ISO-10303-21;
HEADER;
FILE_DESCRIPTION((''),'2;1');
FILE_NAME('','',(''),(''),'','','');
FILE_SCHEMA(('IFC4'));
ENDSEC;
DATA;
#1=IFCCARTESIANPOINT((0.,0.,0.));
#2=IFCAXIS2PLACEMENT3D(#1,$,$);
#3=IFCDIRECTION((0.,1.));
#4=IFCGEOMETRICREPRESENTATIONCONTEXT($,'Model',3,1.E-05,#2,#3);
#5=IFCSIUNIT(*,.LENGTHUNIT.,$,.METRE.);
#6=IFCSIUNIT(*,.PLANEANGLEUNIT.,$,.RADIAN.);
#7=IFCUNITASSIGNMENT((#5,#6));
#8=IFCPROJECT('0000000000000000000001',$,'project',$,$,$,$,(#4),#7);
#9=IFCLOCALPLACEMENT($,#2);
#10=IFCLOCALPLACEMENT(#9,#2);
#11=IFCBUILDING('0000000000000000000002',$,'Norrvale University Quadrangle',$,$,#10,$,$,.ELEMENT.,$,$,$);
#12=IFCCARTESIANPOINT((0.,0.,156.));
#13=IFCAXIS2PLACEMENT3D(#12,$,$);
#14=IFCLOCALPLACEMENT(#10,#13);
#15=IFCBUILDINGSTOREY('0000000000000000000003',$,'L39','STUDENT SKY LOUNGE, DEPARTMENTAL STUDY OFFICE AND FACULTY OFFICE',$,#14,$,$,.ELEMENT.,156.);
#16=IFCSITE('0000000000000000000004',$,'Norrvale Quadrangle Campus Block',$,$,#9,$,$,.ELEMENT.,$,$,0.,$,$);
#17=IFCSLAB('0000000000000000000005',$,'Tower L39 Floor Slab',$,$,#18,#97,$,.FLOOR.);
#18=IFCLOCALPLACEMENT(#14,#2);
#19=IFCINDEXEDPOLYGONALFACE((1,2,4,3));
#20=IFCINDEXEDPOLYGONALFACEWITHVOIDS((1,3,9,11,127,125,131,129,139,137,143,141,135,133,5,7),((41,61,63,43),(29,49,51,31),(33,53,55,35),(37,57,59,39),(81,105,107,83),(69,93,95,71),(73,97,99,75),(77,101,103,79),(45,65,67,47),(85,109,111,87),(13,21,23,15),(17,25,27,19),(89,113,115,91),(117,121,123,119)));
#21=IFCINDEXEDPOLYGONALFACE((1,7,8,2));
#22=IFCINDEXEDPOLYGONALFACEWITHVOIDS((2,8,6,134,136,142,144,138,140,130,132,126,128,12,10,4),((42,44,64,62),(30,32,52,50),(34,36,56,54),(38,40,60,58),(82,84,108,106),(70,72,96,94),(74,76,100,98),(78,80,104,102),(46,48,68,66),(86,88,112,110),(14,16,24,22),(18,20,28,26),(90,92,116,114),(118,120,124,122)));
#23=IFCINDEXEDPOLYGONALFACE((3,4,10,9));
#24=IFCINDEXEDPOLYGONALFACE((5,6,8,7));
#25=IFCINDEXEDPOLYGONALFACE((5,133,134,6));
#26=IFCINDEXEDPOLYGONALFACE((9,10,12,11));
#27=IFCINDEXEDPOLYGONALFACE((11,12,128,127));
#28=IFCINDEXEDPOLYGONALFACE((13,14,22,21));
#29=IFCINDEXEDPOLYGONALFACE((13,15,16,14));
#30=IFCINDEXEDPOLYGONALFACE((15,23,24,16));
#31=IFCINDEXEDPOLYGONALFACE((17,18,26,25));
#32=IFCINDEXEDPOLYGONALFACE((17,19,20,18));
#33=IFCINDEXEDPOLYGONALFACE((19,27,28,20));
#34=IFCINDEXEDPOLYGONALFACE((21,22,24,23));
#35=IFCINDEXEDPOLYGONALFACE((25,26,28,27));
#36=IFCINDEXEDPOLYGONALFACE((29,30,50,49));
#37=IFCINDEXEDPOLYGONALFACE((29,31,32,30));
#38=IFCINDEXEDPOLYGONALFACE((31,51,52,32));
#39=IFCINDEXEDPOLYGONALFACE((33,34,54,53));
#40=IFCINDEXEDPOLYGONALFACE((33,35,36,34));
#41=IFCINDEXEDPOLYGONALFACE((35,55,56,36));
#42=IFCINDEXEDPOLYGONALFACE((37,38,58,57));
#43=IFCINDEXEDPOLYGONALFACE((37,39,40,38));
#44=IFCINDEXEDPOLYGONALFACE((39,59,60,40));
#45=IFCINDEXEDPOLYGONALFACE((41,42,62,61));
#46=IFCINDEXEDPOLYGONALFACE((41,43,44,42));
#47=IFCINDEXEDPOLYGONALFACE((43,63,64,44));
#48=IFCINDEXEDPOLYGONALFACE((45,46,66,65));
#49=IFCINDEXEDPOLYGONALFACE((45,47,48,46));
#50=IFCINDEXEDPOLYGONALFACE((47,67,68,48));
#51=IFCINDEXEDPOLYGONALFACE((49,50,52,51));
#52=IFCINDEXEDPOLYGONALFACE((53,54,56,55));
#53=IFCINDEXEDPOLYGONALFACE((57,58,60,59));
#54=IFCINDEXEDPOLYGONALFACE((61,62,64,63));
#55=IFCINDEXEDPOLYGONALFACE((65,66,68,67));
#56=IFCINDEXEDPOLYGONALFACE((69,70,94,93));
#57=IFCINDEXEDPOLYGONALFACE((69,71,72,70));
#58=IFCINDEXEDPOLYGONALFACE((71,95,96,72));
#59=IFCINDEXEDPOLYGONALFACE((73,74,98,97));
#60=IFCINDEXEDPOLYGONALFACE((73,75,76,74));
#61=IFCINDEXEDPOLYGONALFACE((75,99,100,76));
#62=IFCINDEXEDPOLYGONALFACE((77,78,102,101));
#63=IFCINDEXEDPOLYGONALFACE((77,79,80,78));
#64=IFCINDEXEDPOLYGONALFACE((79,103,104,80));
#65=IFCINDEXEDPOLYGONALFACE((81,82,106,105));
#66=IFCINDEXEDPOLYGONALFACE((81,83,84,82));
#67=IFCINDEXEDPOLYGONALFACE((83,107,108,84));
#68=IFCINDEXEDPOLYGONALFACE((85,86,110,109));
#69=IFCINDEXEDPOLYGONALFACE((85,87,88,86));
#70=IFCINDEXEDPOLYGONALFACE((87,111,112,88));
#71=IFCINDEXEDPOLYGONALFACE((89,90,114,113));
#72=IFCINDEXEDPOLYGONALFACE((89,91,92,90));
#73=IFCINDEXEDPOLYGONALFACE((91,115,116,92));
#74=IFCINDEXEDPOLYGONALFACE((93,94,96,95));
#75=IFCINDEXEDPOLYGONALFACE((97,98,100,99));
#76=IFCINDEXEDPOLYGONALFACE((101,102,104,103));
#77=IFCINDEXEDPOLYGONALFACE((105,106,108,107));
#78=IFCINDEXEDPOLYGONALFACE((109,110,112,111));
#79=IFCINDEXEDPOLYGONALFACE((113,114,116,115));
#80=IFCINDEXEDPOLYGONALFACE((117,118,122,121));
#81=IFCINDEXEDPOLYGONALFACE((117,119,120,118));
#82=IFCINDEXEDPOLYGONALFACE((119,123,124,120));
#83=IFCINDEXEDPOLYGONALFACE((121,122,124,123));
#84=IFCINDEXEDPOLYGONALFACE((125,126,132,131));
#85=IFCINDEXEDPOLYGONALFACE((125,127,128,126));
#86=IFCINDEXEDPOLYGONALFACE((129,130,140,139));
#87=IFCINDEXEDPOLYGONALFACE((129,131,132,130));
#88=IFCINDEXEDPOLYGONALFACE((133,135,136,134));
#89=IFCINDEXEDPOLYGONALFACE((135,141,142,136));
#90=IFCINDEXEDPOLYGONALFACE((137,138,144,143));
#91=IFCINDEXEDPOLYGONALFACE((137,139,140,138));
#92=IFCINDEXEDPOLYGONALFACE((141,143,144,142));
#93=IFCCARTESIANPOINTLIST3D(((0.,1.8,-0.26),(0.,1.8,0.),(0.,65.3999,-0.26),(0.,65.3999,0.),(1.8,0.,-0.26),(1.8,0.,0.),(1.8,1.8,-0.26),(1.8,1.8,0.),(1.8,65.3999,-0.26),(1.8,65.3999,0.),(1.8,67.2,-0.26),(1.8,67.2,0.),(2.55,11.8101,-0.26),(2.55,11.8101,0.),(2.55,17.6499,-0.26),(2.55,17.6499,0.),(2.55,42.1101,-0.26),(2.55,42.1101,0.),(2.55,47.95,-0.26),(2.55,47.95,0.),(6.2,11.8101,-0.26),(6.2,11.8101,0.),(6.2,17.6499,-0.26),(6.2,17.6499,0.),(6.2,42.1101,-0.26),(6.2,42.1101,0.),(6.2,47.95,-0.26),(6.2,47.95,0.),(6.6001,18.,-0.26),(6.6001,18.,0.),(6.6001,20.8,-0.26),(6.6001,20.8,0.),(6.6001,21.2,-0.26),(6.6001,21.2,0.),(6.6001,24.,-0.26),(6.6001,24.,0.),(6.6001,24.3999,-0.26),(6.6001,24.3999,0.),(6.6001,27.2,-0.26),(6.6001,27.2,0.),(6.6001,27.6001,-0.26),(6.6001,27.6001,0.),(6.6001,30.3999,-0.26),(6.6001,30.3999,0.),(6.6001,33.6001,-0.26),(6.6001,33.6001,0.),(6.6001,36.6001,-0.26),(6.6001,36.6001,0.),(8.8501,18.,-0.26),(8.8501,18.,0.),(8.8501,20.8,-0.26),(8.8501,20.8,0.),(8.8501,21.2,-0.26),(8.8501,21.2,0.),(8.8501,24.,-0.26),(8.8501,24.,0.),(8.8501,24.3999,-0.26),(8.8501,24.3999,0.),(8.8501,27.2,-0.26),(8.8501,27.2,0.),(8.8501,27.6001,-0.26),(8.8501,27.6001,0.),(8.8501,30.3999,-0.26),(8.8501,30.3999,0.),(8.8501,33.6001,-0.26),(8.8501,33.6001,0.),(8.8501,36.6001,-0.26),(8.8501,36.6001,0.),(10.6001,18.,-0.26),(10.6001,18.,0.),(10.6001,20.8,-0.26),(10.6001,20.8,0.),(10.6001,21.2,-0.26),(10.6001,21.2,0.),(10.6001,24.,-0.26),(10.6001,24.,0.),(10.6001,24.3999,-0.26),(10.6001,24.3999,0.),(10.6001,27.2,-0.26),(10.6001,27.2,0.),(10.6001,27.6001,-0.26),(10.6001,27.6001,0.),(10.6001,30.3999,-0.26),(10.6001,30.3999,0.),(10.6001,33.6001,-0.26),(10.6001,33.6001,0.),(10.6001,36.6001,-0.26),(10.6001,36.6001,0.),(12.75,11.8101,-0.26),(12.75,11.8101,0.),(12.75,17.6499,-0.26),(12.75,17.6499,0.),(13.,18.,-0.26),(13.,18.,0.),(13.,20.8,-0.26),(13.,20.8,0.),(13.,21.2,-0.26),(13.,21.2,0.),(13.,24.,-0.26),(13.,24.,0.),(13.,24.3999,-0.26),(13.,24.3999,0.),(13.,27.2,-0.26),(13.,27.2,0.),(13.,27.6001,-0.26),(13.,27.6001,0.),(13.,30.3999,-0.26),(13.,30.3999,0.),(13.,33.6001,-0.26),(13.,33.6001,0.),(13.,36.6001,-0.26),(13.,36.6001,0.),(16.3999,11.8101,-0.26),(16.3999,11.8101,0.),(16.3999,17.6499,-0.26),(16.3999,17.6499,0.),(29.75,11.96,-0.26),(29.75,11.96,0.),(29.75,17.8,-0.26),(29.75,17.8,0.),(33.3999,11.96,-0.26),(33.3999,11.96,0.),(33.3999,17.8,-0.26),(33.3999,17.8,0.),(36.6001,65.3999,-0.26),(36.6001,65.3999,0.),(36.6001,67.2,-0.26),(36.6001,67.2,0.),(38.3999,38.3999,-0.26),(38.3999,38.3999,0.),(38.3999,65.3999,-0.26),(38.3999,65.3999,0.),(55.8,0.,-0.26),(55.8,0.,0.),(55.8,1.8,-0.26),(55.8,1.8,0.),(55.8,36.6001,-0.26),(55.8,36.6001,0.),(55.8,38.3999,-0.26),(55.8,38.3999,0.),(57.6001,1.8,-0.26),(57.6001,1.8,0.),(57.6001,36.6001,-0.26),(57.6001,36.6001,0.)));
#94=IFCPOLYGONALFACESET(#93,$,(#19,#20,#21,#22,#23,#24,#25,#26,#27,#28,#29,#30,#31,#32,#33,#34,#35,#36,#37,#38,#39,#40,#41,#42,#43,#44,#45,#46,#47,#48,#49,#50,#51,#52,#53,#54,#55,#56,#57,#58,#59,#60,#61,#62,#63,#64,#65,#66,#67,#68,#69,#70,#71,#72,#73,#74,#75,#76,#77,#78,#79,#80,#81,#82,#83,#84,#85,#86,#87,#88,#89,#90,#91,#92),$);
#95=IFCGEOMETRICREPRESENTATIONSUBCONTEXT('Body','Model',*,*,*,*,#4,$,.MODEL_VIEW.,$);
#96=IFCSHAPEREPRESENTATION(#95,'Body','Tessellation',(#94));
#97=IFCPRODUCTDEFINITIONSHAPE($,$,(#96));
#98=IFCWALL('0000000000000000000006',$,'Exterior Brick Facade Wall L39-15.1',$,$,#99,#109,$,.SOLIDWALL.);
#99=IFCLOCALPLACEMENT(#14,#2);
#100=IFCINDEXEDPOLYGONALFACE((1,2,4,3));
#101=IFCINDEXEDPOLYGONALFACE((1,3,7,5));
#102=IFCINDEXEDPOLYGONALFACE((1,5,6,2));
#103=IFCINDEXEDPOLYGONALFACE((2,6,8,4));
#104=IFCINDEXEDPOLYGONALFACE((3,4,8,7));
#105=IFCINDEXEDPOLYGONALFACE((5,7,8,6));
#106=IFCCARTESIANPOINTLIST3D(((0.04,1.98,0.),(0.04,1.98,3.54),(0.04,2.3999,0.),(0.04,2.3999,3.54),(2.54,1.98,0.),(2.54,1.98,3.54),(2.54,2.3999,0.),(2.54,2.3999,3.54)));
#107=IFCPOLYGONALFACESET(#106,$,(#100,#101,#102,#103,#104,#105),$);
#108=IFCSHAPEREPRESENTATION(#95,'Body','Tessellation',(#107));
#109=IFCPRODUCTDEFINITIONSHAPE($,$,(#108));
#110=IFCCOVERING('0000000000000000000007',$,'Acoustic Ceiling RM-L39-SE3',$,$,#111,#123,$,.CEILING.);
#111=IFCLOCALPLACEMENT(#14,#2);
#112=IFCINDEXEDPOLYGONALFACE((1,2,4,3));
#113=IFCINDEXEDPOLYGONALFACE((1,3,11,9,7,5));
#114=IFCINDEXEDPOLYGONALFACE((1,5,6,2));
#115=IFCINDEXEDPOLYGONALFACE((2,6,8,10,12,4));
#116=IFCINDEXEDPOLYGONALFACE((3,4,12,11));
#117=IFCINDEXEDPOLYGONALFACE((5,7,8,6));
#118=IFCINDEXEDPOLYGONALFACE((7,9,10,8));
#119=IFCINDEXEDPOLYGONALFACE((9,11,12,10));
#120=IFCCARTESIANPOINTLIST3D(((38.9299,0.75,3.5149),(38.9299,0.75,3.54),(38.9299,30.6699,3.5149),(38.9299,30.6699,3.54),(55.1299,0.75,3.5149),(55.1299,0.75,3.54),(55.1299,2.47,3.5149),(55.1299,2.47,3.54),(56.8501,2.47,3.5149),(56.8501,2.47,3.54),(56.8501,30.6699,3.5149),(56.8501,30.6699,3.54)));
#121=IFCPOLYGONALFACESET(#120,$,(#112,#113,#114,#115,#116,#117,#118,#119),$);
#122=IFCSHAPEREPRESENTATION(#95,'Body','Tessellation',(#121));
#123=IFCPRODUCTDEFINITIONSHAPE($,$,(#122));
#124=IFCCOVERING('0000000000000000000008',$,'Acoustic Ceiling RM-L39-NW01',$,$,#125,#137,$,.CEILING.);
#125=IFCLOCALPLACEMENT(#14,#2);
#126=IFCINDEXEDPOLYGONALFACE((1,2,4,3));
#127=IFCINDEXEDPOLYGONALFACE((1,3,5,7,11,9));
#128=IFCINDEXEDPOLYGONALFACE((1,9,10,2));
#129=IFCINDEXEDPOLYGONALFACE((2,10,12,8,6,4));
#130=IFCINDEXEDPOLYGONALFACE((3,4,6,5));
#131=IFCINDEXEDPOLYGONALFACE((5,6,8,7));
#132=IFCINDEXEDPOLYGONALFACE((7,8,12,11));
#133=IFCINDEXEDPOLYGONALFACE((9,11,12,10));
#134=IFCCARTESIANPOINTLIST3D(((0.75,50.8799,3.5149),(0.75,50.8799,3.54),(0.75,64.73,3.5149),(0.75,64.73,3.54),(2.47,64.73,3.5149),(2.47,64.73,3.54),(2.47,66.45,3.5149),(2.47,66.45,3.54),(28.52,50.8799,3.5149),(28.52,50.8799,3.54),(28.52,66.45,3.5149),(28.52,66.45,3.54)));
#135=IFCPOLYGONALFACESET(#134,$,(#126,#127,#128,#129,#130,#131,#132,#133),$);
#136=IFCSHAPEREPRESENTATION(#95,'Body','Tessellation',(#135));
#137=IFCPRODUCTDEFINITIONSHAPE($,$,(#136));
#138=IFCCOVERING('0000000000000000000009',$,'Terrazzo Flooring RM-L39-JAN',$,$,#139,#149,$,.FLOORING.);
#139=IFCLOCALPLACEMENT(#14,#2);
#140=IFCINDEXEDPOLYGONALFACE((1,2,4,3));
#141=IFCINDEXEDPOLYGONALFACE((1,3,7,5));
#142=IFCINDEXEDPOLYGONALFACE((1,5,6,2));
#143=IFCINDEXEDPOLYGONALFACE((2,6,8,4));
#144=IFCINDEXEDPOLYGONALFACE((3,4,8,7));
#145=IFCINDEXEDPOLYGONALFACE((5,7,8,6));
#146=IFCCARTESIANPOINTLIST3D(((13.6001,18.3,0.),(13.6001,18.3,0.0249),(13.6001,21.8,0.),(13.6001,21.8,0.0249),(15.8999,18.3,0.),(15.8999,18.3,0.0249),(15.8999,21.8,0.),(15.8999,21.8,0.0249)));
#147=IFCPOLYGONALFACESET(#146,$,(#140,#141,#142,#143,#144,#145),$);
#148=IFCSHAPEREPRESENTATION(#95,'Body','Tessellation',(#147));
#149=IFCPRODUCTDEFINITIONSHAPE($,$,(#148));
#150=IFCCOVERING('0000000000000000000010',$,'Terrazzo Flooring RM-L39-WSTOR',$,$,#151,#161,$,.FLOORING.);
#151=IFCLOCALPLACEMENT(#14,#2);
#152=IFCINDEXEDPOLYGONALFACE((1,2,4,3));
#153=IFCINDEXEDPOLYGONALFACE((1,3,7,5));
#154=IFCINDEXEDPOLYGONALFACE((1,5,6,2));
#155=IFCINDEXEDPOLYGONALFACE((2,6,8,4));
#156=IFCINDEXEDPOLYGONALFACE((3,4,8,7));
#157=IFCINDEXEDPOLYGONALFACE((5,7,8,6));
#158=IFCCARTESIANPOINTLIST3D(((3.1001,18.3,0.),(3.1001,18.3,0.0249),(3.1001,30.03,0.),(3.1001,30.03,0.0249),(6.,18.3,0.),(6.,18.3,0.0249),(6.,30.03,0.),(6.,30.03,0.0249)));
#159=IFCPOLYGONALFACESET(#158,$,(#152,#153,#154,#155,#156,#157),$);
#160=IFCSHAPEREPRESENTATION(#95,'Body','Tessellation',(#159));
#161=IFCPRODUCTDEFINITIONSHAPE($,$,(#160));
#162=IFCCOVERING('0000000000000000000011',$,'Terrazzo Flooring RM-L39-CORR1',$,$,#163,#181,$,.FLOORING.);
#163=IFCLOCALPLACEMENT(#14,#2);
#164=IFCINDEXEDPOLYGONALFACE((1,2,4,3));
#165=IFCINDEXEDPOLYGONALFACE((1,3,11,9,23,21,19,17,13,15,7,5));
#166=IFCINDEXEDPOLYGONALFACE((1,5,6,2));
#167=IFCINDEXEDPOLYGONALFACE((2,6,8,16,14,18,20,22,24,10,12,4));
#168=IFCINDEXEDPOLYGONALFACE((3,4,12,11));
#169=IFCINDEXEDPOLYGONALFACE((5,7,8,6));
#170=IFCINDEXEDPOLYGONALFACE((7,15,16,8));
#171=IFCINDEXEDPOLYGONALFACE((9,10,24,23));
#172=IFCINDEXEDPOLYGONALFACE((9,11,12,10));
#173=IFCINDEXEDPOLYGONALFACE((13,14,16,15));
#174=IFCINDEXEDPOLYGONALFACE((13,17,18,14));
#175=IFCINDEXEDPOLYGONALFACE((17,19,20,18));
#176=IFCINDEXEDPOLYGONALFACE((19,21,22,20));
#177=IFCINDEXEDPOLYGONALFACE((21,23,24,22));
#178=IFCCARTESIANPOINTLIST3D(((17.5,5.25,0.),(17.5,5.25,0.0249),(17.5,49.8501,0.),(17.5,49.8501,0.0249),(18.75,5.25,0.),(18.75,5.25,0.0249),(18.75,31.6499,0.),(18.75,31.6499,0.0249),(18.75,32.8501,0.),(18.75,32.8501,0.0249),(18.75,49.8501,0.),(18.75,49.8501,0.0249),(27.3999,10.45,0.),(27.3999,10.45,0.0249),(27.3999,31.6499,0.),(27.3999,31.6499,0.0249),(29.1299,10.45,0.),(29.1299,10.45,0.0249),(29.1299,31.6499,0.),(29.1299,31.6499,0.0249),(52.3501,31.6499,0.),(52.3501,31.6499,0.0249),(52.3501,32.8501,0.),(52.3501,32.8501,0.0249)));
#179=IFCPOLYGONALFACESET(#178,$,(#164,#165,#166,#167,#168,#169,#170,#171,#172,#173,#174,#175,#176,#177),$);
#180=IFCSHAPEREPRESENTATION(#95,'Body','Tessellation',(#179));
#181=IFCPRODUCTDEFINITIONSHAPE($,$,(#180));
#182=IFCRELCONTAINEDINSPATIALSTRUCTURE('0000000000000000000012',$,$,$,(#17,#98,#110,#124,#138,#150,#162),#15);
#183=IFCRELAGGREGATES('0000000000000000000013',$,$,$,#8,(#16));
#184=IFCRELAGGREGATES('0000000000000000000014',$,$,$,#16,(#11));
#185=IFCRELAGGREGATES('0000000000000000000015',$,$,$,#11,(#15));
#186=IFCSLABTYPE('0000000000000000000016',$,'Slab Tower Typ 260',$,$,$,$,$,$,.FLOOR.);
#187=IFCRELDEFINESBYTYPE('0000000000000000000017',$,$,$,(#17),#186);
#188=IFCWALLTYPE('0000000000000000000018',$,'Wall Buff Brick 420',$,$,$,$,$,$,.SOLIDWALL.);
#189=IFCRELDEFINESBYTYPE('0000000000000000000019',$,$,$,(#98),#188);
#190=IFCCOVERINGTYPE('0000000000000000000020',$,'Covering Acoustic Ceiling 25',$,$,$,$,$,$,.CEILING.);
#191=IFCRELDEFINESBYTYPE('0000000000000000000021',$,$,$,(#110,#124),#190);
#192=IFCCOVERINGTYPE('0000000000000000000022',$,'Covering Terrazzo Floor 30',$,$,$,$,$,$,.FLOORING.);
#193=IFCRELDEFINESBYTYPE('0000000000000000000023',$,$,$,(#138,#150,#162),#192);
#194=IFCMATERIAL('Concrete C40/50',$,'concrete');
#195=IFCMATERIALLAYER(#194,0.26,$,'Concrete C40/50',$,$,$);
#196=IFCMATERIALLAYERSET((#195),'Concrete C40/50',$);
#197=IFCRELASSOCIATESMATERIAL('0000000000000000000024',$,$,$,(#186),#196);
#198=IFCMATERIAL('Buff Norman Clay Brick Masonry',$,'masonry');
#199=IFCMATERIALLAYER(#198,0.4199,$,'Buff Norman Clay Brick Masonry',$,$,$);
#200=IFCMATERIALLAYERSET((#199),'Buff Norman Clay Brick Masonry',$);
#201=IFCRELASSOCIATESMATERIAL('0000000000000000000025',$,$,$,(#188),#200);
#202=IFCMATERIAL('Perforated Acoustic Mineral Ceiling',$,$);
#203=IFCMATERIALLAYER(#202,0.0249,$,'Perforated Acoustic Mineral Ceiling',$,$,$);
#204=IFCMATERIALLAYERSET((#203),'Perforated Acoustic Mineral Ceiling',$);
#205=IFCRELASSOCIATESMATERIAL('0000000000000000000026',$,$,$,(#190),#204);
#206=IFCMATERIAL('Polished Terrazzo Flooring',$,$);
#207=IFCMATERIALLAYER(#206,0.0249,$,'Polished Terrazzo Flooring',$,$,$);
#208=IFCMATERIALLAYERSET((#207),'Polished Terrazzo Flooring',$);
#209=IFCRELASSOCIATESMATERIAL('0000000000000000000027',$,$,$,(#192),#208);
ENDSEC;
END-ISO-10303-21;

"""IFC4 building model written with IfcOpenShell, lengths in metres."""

from ifc_helpers import new_model, si_unit, direction, frame, frame_2d, origin, place, context, subcontext, project, spatial, polyline, rectangle, outline, extrude, material, layer, layer_set, type_object, element, save


model = new_model("IFC4")

# Units and contexts
model_context = context("Model", 3, precision=1e-05, world=origin(), true_north=direction((0.0, 1.0)))
body_context = subcontext(model_context, "Body", "Model", "MODEL_VIEW")
ifc_project = project(units=[si_unit("LENGTHUNIT", "METRE"), si_unit("PLANEANGLEUNIT", "RADIAN")], contexts=[model_context])

# Site, building, storey
site_placement = place(None, origin())
site = spatial("IfcSite", under=ifc_project, at=site_placement, Name="Norrvale Quadrangle Campus Block", CompositionType="ELEMENT", RefElevation=0.0)
building_placement = place(site_placement, origin())
building = spatial("IfcBuilding", under=site, at=building_placement, Name="Norrvale University Quadrangle", CompositionType="ELEMENT")
storey_placement = place(building_placement, frame((0.0, 0.0, 156.0)))
storey = spatial("IfcBuildingStorey", under=building, at=storey_placement, Name="L39", Description="STUDENT SKY LOUNGE, DEPARTMENTAL STUDY OFFICE AND FACULTY OFFICE", CompositionType="ELEMENT", Elevation=156.0)

# Shared definitions
ifc_material_1 = material(Name="Concrete C40/50", Category="concrete")

# Slab
ifc_layer_1 = layer(ifc_material_1, 0.26, Name="Concrete C40/50")
ifc_layer_set_1 = layer_set([ifc_layer_1], Name="Concrete C40/50")
slab_type_1 = type_object("IfcSlabType", Name="Slab Tower Typ 260", PredefinedType="FLOOR", material=ifc_layer_set_1)
slab_1_placement = place(storey_placement, frame((0.0, 0.0, -0.26)))
element("IfcSlab", 1, at=slab_1_placement, inside=storey, type_object=slab_type_1, Name="Tower L39 Floor Slab", PredefinedType="FLOOR", context=body_context, shape_type="SweptSolid", body=[
    extrude(outline(polyline([(1.8, 0.0), (55.8, 0.0), (55.8, 1.8), (57.6001, 1.8), (57.6001, 36.6001), (55.8, 36.6001), (55.8, 38.3999), (38.3999, 38.3999), (38.3999, 65.3999), (36.6001, 65.3999), (36.6001, 67.2), (1.8, 67.2), (1.8, 65.3999), (0.0, 65.3999), (0.0, 1.8), (1.8, 1.8), (1.8, 0.0)]), holes=[polyline([(2.55, 11.8101), (6.2, 11.8101), (6.2, 17.6499), (2.55, 17.6499), (2.55, 11.8101)]), polyline([(2.55, 42.1101), (6.2, 42.1101), (6.2, 47.95), (2.55, 47.95), (2.55, 42.1101)]), polyline([(12.75, 11.8101), (16.3999, 11.8101), (16.3999, 17.6499), (12.75, 17.6499), (12.75, 11.8101)]), polyline([(29.75, 11.96), (33.3999, 11.96), (33.3999, 17.8), (29.75, 17.8), (29.75, 11.96)]), polyline([(6.6001, 18.0), (8.8501, 18.0), (8.8501, 20.8), (6.6001, 20.8), (6.6001, 18.0)]), polyline([(6.6001, 21.2), (8.8501, 21.2), (8.8501, 24.0), (6.6001, 24.0), (6.6001, 21.2)]), polyline([(6.6001, 24.3999), (8.8501, 24.3999), (8.8501, 27.2), (6.6001, 27.2), (6.6001, 24.3999)]), polyline([(6.6001, 27.6001), (8.8501, 27.6001), (8.8501, 30.3999), (6.6001, 30.3999), (6.6001, 27.6001)]), polyline([(10.6001, 18.0), (13.0, 18.0), (13.0, 20.8), (10.6001, 20.8), (10.6001, 18.0)]), polyline([(10.6001, 21.2), (13.0, 21.2), (13.0, 24.0), (10.6001, 24.0), (10.6001, 21.2)]), polyline([(10.6001, 24.3999), (13.0, 24.3999), (13.0, 27.2), (10.6001, 27.2), (10.6001, 24.3999)]), polyline([(10.6001, 27.6001), (13.0, 27.6001), (13.0, 30.3999), (10.6001, 30.3999), (10.6001, 27.6001)]), polyline([(6.6001, 33.6001), (8.8501, 33.6001), (8.8501, 36.6001), (6.6001, 36.6001), (6.6001, 33.6001)]), polyline([(10.6001, 33.6001), (13.0, 33.6001), (13.0, 36.6001), (10.6001, 36.6001), (10.6001, 33.6001)])]), origin(), (0.0, 0.0, 1.0), 0.26),
])

# Wall
ifc_material_2 = material(Name="Buff Norman Clay Brick Masonry", Category="masonry")
ifc_layer_2 = layer(ifc_material_2, 0.4199, Name="Buff Norman Clay Brick Masonry")
ifc_layer_set_2 = layer_set([ifc_layer_2], Name="Buff Norman Clay Brick Masonry")
wall_type = type_object("IfcWallType", Name="Wall Buff Brick 420", PredefinedType="SOLIDWALL", material=ifc_layer_set_2)
wall_placement = place(storey_placement, frame((0.04, 2.1899, 0.0), z_axis=(0.0, 0.0, 1.0), x_axis=(1.0, 0.0, 0.0)))
element("IfcWall", 2, at=wall_placement, inside=storey, type_object=wall_type, Name="Exterior Brick Facade Wall L39-15.1", PredefinedType="SOLIDWALL", context=body_context, shape_type="SweptSolid", body=[
    extrude(rectangle(XDim=2.5, YDim=0.4199, at=frame_2d((1.25, 0.0))), origin(), (0.0, 0.0, 1.0), 3.54),
])

# Coverings
ifc_material_3 = material(Name="Perforated Acoustic Mineral Ceiling")
ifc_layer_3 = layer(ifc_material_3, 0.0249, Name="Perforated Acoustic Mineral Ceiling")
ifc_layer_set_3 = layer_set([ifc_layer_3], Name="Perforated Acoustic Mineral Ceiling")
covering_type_1 = type_object("IfcCoveringType", Name="Covering Acoustic Ceiling 25", PredefinedType="CEILING", material=ifc_layer_set_3)
covering_1_placement = place(storey_placement, frame((0.0, 0.0, 3.5149)))
element("IfcCovering", 3, at=covering_1_placement, inside=storey, type_object=covering_type_1, Name="Acoustic Ceiling RM-L39-SE3", PredefinedType="CEILING", context=body_context, shape_type="SweptSolid", body=[
    extrude(outline(polyline([(38.9299, 0.75), (38.9299, 30.6699), (56.8501, 30.6699), (56.8501, 2.47), (55.1299, 2.47), (55.1299, 0.75), (38.9299, 0.75)])), origin(), (0.0, 0.0, 1.0), 0.0251),
])
covering_2_placement = place(storey_placement, frame((0.0, 0.0, 3.5149)))
element("IfcCovering", 4, at=covering_2_placement, inside=storey, type_object=covering_type_1, Name="Acoustic Ceiling RM-L39-NW01", PredefinedType="CEILING", context=body_context, shape_type="SweptSolid", body=[
    extrude(outline(polyline([(28.52, 66.45), (28.52, 50.8799), (0.75, 50.8799), (0.75, 64.73), (2.47, 64.73), (2.47, 66.45), (28.52, 66.45)])), origin(), (0.0, 0.0, 1.0), 0.0251),
])
ifc_material_4 = material(Name="Polished Terrazzo Flooring")
ifc_layer_4 = layer(ifc_material_4, 0.0249, Name="Polished Terrazzo Flooring")
ifc_layer_set_4 = layer_set([ifc_layer_4], Name="Polished Terrazzo Flooring")
covering_type_2 = type_object("IfcCoveringType", Name="Covering Terrazzo Floor 30", PredefinedType="FLOORING", material=ifc_layer_set_4)
covering_3_placement = place(storey_placement, origin())
element("IfcCovering", 5, at=covering_3_placement, inside=storey, type_object=covering_type_2, Name="Terrazzo Flooring RM-L39-JAN", PredefinedType="FLOORING", context=body_context, shape_type="SweptSolid", body=[
    extrude(outline(polyline([(13.6001, 18.3), (13.6001, 21.8), (15.8999, 21.8), (15.8999, 18.3), (13.6001, 18.3)])), origin(), (0.0, 0.0, 1.0), 0.0249),
])
covering_4_placement = place(storey_placement, origin())
element("IfcCovering", 6, at=covering_4_placement, inside=storey, type_object=covering_type_2, Name="Terrazzo Flooring RM-L39-WSTOR", PredefinedType="FLOORING", context=body_context, shape_type="SweptSolid", body=[
    extrude(outline(polyline([(3.1001, 18.3), (3.1001, 30.03), (6.0, 30.03), (6.0, 18.3), (3.1001, 18.3)])), origin(), (0.0, 0.0, 1.0), 0.0249),
])
covering_5_placement = place(storey_placement, origin())
element("IfcCovering", 7, at=covering_5_placement, inside=storey, type_object=covering_type_2, Name="Terrazzo Flooring RM-L39-CORR1", PredefinedType="FLOORING", context=body_context, shape_type="SweptSolid", body=[
    extrude(outline(polyline([(17.5, 5.25), (17.5, 49.8501), (18.75, 49.8501), (18.75, 32.8501), (52.3501, 32.8501), (52.3501, 31.6499), (29.1299, 31.6499), (29.1299, 10.45), (27.3999, 10.45), (27.3999, 31.6499), (18.75, 31.6499), (18.75, 5.25), (17.5, 5.25)])), origin(), (0.0, 0.0, 1.0), 0.0249),
])

save(model, "model.ifc")
